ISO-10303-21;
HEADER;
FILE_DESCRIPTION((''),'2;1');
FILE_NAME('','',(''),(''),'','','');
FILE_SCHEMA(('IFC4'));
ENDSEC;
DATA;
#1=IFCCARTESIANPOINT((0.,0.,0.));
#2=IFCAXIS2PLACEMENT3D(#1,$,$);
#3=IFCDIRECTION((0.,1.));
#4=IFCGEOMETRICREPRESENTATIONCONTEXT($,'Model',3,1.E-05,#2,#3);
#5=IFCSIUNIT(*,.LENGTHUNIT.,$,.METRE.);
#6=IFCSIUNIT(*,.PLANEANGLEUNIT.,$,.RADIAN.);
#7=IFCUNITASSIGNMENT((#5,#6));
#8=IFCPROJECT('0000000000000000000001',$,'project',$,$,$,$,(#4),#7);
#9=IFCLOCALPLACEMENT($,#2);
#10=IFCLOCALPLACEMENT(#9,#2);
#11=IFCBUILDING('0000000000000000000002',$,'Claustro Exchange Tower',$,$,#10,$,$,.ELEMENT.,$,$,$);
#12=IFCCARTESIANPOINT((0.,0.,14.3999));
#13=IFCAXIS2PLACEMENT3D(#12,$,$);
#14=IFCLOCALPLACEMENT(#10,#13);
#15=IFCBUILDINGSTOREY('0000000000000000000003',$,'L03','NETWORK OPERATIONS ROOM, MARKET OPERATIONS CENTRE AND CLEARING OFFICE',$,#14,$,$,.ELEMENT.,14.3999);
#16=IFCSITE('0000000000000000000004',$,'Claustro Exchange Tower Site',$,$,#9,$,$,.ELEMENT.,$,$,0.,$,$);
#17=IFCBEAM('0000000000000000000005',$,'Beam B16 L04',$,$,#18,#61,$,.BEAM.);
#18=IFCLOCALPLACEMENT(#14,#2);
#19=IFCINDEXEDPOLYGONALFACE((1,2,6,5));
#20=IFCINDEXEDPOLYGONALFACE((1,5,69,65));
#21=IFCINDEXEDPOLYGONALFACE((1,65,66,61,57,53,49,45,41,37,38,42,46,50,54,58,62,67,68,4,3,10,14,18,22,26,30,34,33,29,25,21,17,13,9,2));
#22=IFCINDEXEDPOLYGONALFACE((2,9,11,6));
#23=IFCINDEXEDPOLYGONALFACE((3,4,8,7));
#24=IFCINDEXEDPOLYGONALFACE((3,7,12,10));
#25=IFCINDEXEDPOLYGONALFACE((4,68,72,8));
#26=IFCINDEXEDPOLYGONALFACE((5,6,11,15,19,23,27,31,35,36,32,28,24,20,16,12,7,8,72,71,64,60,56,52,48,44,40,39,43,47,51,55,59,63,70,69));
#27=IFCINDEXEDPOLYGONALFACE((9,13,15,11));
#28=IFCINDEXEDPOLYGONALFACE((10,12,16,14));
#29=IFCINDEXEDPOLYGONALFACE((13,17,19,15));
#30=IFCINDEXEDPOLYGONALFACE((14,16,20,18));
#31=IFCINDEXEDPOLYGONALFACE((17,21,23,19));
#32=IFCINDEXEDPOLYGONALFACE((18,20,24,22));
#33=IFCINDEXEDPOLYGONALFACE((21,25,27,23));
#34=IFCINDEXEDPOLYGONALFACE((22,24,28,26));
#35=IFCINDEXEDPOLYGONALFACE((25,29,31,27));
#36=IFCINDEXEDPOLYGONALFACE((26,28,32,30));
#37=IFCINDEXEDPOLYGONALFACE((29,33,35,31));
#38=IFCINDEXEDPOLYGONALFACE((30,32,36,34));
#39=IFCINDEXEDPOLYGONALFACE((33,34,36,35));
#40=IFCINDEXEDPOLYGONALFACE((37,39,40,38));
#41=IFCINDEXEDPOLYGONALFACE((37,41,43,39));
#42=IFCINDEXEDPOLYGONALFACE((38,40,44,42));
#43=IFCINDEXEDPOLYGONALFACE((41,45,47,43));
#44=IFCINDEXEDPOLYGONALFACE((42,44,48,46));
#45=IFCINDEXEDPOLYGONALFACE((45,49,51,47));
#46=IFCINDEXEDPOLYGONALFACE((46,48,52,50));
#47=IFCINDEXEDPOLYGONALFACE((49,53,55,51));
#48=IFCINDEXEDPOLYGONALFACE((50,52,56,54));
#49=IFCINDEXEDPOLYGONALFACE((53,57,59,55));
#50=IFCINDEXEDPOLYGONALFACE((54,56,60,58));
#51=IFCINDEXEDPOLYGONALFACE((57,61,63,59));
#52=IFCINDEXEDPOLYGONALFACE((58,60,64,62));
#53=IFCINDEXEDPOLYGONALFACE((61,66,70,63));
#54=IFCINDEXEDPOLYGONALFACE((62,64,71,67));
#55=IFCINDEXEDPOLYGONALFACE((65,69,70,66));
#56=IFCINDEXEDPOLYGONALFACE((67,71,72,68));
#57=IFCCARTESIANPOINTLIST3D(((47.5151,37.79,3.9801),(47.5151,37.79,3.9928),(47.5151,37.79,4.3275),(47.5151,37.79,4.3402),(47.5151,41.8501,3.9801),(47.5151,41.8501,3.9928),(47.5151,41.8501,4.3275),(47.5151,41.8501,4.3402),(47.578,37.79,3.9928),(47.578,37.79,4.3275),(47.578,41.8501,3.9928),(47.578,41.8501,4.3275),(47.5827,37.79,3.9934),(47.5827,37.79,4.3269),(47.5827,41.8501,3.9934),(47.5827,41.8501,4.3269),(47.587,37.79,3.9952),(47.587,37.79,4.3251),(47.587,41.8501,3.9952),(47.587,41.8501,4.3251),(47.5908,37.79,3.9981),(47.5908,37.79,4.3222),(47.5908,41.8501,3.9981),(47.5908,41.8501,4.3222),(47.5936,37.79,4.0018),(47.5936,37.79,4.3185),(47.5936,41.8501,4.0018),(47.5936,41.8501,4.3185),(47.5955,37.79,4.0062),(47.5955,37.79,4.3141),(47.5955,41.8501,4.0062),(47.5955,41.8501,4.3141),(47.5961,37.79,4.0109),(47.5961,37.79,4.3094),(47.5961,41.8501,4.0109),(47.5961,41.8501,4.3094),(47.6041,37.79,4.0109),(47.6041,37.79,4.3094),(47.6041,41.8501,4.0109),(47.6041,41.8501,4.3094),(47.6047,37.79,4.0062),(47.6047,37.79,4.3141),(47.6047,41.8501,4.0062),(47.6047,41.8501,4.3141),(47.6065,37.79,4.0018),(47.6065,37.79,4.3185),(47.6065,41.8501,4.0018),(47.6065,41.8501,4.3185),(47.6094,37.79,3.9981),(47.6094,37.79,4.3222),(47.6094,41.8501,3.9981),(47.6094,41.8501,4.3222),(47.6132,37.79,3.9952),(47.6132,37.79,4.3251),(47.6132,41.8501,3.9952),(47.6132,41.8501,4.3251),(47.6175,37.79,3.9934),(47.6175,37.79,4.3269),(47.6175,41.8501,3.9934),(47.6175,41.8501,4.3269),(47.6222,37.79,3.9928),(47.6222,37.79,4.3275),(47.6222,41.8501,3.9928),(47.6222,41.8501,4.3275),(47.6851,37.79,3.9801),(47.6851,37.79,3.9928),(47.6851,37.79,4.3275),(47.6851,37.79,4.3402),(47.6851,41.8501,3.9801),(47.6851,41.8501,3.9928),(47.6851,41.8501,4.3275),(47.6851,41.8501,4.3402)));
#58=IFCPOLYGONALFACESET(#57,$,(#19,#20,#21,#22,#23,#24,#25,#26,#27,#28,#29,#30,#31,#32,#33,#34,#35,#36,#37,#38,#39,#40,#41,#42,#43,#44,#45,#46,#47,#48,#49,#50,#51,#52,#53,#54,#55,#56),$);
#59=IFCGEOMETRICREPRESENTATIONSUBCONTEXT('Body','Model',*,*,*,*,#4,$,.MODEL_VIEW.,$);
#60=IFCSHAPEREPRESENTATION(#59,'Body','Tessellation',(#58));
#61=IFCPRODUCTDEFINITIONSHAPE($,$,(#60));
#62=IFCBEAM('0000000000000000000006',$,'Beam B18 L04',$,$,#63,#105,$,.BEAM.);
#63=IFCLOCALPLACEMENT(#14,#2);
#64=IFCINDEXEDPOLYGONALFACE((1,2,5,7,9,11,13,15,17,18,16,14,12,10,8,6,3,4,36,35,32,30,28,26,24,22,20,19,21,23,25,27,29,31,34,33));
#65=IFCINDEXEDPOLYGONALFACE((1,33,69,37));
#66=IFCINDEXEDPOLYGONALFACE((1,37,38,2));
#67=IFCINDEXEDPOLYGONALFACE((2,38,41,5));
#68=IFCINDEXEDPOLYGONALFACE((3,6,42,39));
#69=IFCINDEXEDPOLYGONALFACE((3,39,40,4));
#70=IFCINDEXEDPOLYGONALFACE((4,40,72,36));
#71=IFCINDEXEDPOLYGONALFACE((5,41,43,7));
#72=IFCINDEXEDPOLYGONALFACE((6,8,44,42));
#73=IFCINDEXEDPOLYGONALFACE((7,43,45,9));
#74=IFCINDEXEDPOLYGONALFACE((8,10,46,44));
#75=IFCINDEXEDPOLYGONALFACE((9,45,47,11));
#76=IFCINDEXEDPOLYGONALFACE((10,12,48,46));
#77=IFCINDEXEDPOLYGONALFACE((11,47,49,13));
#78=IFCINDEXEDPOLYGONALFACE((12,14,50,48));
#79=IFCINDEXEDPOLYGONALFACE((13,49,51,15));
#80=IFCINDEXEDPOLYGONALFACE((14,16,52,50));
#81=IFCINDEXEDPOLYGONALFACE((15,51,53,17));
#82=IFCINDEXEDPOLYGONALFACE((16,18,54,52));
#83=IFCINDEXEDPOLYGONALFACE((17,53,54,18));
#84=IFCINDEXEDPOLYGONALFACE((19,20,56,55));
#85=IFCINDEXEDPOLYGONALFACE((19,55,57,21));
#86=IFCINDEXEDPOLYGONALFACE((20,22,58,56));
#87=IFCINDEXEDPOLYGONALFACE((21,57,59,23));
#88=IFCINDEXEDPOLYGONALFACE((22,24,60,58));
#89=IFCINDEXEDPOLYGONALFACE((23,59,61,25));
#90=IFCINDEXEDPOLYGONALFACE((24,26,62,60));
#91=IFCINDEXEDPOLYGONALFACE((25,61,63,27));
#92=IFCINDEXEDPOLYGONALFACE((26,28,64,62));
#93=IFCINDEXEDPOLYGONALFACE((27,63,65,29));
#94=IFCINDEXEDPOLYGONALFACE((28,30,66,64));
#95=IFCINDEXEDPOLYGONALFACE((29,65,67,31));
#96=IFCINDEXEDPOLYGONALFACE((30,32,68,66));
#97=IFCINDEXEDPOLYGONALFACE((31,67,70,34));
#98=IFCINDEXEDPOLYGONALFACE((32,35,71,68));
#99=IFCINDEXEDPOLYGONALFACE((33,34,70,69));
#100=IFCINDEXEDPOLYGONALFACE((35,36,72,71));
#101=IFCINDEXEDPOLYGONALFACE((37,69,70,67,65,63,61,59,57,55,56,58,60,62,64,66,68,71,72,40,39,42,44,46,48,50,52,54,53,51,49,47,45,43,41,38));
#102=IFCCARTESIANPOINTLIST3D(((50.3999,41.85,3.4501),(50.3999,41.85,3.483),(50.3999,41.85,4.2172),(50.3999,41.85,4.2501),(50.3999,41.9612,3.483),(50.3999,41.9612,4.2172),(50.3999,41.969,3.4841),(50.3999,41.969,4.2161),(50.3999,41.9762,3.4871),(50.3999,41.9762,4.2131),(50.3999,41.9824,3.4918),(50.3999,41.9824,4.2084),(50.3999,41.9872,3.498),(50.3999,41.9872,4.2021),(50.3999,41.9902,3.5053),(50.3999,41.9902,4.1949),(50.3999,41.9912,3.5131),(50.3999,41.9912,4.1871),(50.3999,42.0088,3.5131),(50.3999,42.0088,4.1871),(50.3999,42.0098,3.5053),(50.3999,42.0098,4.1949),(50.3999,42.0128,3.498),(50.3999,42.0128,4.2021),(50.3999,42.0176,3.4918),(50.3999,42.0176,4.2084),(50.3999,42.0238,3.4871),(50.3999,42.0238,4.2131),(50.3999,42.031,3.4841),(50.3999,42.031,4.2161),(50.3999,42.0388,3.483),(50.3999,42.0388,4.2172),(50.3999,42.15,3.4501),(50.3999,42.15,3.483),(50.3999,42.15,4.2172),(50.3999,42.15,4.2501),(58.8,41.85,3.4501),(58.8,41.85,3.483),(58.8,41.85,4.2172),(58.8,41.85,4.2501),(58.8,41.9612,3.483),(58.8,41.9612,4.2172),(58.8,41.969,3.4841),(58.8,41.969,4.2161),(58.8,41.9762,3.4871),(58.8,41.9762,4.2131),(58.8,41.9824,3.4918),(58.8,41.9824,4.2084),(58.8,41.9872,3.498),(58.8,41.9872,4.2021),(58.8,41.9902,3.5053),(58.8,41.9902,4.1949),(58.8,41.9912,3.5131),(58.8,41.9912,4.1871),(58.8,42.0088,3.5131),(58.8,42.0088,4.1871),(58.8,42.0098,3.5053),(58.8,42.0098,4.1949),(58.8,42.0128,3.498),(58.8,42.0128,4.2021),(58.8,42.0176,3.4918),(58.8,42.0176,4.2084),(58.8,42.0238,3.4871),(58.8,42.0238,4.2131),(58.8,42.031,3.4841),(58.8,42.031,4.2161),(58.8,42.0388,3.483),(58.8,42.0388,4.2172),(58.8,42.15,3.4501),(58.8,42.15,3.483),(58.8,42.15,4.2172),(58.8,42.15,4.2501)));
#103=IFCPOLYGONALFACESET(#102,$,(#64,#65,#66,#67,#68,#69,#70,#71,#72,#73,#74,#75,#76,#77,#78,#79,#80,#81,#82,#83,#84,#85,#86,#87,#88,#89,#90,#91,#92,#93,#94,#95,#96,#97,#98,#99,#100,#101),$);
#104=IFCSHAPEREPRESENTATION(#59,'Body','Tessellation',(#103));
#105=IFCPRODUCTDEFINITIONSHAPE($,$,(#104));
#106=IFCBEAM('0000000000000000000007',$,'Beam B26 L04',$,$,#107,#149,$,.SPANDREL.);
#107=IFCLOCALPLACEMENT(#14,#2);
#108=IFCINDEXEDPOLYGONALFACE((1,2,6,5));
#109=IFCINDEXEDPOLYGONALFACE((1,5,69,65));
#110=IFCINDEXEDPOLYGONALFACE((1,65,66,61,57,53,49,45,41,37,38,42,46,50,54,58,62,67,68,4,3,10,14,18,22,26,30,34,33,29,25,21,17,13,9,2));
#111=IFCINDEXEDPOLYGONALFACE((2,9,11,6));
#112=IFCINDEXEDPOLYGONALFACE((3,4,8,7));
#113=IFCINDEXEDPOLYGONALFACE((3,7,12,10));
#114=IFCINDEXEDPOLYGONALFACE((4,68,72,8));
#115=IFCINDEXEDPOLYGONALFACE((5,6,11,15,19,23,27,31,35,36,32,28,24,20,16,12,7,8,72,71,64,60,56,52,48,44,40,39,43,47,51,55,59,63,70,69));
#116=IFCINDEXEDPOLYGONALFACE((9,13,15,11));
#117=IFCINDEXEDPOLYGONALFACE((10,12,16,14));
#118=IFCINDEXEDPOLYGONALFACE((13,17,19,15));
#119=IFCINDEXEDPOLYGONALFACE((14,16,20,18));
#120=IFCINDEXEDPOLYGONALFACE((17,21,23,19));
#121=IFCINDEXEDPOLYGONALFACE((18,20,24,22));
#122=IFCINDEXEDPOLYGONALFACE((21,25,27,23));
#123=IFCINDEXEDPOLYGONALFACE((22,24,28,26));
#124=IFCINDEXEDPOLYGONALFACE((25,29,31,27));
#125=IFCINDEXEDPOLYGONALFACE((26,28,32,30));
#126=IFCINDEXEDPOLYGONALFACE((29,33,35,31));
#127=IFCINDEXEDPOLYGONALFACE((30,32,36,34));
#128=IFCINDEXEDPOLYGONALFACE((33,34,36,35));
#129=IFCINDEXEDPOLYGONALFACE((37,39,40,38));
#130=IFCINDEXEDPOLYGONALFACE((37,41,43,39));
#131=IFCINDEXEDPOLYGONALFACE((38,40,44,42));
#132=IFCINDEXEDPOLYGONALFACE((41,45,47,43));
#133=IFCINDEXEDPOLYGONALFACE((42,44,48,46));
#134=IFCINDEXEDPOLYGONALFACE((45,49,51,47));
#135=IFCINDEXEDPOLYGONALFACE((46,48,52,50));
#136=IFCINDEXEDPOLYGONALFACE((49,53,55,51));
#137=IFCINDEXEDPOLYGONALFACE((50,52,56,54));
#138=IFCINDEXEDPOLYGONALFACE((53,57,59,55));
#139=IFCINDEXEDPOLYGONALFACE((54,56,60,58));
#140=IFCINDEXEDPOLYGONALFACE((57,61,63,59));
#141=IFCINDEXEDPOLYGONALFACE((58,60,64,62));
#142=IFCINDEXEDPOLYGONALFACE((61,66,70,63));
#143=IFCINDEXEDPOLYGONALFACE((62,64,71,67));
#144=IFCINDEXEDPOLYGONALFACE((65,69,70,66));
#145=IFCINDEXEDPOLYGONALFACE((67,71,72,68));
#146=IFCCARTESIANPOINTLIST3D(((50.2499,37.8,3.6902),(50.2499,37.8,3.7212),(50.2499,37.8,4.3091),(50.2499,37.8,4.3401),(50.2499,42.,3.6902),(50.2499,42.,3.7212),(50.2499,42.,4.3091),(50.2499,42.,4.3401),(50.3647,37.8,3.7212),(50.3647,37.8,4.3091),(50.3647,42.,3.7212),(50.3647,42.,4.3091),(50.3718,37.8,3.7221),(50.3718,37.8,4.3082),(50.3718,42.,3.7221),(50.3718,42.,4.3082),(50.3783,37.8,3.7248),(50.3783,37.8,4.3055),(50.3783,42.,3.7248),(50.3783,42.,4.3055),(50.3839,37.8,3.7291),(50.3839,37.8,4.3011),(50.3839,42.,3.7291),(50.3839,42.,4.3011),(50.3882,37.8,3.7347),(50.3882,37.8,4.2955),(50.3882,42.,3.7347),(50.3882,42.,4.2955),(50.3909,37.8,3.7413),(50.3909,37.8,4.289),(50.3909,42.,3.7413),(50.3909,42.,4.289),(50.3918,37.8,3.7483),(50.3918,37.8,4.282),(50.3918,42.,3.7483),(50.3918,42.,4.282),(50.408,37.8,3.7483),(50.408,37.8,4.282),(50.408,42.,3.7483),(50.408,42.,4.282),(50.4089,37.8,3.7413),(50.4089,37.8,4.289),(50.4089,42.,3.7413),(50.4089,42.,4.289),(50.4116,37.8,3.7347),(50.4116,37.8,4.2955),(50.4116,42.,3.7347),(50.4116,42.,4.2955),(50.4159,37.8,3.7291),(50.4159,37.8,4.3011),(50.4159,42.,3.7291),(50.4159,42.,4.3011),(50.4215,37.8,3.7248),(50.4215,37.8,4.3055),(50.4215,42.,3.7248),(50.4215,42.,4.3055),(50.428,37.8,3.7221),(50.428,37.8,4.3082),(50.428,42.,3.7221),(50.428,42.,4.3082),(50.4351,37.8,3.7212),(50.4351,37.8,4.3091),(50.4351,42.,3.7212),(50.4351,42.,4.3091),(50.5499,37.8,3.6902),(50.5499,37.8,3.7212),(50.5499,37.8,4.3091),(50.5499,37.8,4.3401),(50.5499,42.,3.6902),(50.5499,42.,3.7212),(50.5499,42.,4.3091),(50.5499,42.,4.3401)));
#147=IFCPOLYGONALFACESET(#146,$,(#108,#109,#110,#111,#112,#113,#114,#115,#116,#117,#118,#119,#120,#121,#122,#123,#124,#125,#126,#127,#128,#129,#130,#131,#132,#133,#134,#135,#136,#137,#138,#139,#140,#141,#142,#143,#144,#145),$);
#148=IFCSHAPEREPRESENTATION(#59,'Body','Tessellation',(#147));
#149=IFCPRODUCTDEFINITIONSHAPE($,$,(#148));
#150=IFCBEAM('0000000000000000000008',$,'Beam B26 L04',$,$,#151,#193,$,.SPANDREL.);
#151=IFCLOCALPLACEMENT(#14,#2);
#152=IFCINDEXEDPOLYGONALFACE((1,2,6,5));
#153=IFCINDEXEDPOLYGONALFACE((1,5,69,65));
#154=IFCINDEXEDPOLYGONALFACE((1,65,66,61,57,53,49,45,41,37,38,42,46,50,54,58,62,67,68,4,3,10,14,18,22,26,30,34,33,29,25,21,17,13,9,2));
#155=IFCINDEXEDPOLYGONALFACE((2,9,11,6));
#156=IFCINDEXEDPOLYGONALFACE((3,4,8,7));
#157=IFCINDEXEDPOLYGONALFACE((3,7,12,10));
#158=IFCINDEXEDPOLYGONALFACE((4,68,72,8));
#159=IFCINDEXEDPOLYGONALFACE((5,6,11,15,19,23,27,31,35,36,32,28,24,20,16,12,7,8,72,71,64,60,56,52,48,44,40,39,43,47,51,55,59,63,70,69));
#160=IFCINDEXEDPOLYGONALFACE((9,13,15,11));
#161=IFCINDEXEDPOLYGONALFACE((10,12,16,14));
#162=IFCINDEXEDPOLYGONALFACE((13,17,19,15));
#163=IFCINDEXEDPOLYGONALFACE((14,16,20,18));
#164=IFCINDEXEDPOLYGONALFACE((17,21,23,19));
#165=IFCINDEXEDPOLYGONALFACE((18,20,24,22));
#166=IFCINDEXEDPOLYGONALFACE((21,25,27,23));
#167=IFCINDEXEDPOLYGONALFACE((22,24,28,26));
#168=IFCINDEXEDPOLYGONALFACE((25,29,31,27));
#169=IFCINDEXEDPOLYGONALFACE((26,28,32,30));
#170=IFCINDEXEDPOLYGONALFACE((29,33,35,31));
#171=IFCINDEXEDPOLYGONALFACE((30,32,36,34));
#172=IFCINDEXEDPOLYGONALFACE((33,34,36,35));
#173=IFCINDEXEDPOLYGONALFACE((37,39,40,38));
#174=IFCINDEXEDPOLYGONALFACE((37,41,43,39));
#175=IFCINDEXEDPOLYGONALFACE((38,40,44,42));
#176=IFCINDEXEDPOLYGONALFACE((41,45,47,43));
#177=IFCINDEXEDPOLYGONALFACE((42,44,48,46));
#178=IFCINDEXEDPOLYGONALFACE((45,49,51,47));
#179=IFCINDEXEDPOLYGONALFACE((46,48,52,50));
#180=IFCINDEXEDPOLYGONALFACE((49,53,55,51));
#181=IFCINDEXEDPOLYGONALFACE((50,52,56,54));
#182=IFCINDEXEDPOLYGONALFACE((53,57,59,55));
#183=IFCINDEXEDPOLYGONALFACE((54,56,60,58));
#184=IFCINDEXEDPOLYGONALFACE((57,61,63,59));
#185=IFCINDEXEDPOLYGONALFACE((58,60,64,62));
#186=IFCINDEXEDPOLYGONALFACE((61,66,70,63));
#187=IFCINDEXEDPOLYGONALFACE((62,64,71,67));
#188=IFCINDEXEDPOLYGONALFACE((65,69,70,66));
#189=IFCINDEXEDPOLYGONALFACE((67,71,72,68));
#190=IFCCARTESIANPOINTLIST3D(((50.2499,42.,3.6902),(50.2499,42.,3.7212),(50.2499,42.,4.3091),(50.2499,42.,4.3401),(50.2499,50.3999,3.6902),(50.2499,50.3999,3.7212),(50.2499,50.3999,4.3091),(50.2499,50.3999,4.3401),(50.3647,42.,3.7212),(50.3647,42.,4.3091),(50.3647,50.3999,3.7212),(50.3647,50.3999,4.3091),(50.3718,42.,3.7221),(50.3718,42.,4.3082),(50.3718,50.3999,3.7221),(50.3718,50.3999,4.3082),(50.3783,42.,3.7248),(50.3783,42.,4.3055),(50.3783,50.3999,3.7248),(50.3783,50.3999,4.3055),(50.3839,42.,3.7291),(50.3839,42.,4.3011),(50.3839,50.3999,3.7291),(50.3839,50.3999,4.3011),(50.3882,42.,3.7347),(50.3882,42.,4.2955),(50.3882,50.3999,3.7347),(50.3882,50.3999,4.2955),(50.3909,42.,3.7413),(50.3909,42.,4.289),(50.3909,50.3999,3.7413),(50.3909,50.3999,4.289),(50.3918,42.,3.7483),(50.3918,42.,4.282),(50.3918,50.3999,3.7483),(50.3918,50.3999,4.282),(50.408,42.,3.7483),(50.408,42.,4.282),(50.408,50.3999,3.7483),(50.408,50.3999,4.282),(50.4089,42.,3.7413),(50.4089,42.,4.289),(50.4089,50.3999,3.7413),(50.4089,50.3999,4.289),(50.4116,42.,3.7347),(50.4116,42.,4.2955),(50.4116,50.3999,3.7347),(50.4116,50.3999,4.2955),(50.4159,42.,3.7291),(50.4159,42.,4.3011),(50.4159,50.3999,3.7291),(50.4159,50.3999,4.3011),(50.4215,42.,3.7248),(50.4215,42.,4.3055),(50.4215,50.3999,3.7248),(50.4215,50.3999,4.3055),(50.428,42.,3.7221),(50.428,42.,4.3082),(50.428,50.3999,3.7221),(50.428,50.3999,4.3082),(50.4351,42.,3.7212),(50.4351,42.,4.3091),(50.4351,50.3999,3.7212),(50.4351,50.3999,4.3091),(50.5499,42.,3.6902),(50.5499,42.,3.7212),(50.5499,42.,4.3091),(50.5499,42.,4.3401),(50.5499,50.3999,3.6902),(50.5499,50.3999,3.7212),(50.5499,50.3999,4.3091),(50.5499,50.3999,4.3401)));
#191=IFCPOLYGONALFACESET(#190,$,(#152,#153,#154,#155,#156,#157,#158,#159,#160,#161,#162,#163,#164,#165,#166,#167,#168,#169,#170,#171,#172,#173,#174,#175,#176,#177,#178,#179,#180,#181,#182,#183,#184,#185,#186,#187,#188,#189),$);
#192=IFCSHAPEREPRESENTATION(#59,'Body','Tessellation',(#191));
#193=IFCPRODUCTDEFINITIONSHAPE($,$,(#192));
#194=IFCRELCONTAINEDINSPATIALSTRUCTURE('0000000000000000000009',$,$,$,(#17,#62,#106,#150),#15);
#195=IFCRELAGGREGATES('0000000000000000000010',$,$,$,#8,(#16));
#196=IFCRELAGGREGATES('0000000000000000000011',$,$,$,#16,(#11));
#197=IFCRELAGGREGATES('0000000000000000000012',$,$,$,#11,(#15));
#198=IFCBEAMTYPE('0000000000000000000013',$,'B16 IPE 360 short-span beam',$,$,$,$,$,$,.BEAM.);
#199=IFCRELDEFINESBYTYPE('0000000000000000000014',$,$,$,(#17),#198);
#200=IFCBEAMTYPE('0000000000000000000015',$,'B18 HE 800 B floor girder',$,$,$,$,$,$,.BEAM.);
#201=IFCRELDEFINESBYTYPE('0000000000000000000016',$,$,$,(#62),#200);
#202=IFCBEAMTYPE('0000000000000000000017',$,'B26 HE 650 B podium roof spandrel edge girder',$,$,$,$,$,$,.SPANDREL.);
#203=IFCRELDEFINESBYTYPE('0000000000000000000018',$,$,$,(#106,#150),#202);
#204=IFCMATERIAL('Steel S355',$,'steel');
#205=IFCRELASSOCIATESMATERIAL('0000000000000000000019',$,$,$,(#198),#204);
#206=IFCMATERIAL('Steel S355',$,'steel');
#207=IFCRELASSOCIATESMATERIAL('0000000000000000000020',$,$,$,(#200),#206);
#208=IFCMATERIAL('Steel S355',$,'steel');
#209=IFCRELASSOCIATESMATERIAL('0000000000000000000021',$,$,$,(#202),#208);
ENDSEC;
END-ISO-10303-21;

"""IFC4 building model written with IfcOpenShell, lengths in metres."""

from ifc_helpers import new_model, si_unit, direction, frame, origin, origin_2d, place, context, subcontext, project, spatial, i_section, extrude, material, material_profile, profile_set, type_object, element, save


model = new_model("IFC4")

# Units and contexts
model_context = context("Model", 3, precision=1e-05, world=origin(), true_north=direction((0.0, 1.0)))
body_context = subcontext(model_context, "Body", "Model", "MODEL_VIEW")
ifc_project = project(units=[si_unit("LENGTHUNIT", "METRE"), si_unit("PLANEANGLEUNIT", "RADIAN")], contexts=[model_context])

# Site, building, storey
site_placement = place(None, origin())
site = spatial("IfcSite", under=ifc_project, at=site_placement, Name="Claustro Exchange Tower Site", CompositionType="ELEMENT", RefElevation=0.0)
building_placement = place(site_placement, origin())
building = spatial("IfcBuilding", under=site, at=building_placement, Name="Claustro Exchange Tower", CompositionType="ELEMENT")
storey_placement = place(building_placement, frame((0.0, 0.0, 14.3999)))
storey = spatial("IfcBuildingStorey", under=building, at=storey_placement, Name="L03", Description="NETWORK OPERATIONS ROOM, MARKET OPERATIONS CENTRE AND CLEARING OFFICE", CompositionType="ELEMENT", Elevation=14.3999)

# Beams
ifc_material_1 = material(Name="Steel S355", Category="steel")
ifc_material_profile_1 = material_profile(ifc_material_1, i_section(OverallWidth=0.1699, OverallDepth=0.3601, WebThickness=0.0081, FlangeThickness=0.0127, FilletRadius=0.0181, at=origin_2d()), Name="IPE 360")
ifc_profile_set_1 = profile_set([ifc_material_profile_1], Name="Steel S355")
beam_type_1 = type_object("IfcBeamType", Name="B16 IPE 360 short-span beam", PredefinedType="BEAM", material=ifc_profile_set_1)
for number, where, z_axis, x_axis, name in (
    (1, (47.6001, 37.79, 4.1602), (0.0, 1.0, 0.0), (-1.0, 0.0, 0.0), "Beam B16 L04"),
):
    element("IfcBeam", number, at=place(storey_placement, frame(where, z_axis=z_axis, x_axis=x_axis)), inside=storey, type_object=beam_type_1, Name=name, PredefinedType="BEAM", context=body_context, shape_type="SweptSolid", body=[
        extrude(i_section(OverallWidth=0.1699, OverallDepth=0.3601, WebThickness=0.0081, FlangeThickness=0.0127, FilletRadius=0.0181, at=origin_2d()), origin(), (0.0, 0.0, 1.0), 4.0601),
    ])
ifc_material_2 = material(Name="Steel S355", Category="steel")
ifc_material_profile_2 = material_profile(ifc_material_2, i_section(OverallWidth=0.3, OverallDepth=0.8, WebThickness=0.0176, FlangeThickness=0.033, FilletRadius=0.03, at=origin_2d()), Name="HE 800 B")
ifc_profile_set_2 = profile_set([ifc_material_profile_2], Name="Steel S355")
beam_type_2 = type_object("IfcBeamType", Name="B18 HE 800 B floor girder", PredefinedType="BEAM", material=ifc_profile_set_2)
beam_1_placement = place(storey_placement, frame((50.3999, 42.0, 3.8501), z_axis=(1.0, 0.0, 0.0), x_axis=(0.0, 1.0, 0.0)))
element("IfcBeam", 2, at=beam_1_placement, inside=storey, type_object=beam_type_2, Name="Beam B18 L04", PredefinedType="BEAM", context=body_context, shape_type="SweptSolid", body=[
    extrude(i_section(OverallWidth=0.3, OverallDepth=0.8, WebThickness=0.0176, FlangeThickness=0.033, FilletRadius=0.03, at=origin_2d()), origin(), (0.0, 0.0, 1.0), 8.4001),
])
ifc_material_3 = material(Name="Steel S355", Category="steel")
ifc_material_profile_3 = material_profile(ifc_material_3, i_section(OverallWidth=0.3, OverallDepth=0.6499, WebThickness=0.0161, FlangeThickness=0.031, FilletRadius=0.0271, at=origin_2d()), Name="HE 650 B")
ifc_profile_set_3 = profile_set([ifc_material_profile_3], Name="Steel S355")
beam_type_3 = type_object("IfcBeamType", Name="B26 HE 650 B podium roof spandrel edge girder", PredefinedType="SPANDREL", material=ifc_profile_set_3)
beam_2_placement = place(storey_placement, frame((50.3999, 37.8, 4.0151), z_axis=(0.0, 1.0, 0.0), x_axis=(-1.0, 0.0, 0.0)))
element("IfcBeam", 3, at=beam_2_placement, inside=storey, type_object=beam_type_3, Name="Beam B26 L04", PredefinedType="SPANDREL", context=body_context, shape_type="SweptSolid", body=[
    extrude(i_section(OverallWidth=0.3, OverallDepth=0.6499, WebThickness=0.0161, FlangeThickness=0.031, FilletRadius=0.0271, at=origin_2d()), origin(), (0.0, 0.0, 1.0), 4.2),
])
beam_3_placement = place(storey_placement, frame((50.3999, 42.0, 4.0151), z_axis=(0.0, 1.0, 0.0), x_axis=(-1.0, 0.0, 0.0)))
element("IfcBeam", 4, at=beam_3_placement, inside=storey, type_object=beam_type_3, Name="Beam B26 L04", PredefinedType="SPANDREL", context=body_context, shape_type="SweptSolid", body=[
    extrude(i_section(OverallWidth=0.3, OverallDepth=0.6499, WebThickness=0.0161, FlangeThickness=0.031, FilletRadius=0.0271, at=origin_2d()), origin(), (0.0, 0.0, 1.0), 8.3999),
])

save(model, "model.ifc")
